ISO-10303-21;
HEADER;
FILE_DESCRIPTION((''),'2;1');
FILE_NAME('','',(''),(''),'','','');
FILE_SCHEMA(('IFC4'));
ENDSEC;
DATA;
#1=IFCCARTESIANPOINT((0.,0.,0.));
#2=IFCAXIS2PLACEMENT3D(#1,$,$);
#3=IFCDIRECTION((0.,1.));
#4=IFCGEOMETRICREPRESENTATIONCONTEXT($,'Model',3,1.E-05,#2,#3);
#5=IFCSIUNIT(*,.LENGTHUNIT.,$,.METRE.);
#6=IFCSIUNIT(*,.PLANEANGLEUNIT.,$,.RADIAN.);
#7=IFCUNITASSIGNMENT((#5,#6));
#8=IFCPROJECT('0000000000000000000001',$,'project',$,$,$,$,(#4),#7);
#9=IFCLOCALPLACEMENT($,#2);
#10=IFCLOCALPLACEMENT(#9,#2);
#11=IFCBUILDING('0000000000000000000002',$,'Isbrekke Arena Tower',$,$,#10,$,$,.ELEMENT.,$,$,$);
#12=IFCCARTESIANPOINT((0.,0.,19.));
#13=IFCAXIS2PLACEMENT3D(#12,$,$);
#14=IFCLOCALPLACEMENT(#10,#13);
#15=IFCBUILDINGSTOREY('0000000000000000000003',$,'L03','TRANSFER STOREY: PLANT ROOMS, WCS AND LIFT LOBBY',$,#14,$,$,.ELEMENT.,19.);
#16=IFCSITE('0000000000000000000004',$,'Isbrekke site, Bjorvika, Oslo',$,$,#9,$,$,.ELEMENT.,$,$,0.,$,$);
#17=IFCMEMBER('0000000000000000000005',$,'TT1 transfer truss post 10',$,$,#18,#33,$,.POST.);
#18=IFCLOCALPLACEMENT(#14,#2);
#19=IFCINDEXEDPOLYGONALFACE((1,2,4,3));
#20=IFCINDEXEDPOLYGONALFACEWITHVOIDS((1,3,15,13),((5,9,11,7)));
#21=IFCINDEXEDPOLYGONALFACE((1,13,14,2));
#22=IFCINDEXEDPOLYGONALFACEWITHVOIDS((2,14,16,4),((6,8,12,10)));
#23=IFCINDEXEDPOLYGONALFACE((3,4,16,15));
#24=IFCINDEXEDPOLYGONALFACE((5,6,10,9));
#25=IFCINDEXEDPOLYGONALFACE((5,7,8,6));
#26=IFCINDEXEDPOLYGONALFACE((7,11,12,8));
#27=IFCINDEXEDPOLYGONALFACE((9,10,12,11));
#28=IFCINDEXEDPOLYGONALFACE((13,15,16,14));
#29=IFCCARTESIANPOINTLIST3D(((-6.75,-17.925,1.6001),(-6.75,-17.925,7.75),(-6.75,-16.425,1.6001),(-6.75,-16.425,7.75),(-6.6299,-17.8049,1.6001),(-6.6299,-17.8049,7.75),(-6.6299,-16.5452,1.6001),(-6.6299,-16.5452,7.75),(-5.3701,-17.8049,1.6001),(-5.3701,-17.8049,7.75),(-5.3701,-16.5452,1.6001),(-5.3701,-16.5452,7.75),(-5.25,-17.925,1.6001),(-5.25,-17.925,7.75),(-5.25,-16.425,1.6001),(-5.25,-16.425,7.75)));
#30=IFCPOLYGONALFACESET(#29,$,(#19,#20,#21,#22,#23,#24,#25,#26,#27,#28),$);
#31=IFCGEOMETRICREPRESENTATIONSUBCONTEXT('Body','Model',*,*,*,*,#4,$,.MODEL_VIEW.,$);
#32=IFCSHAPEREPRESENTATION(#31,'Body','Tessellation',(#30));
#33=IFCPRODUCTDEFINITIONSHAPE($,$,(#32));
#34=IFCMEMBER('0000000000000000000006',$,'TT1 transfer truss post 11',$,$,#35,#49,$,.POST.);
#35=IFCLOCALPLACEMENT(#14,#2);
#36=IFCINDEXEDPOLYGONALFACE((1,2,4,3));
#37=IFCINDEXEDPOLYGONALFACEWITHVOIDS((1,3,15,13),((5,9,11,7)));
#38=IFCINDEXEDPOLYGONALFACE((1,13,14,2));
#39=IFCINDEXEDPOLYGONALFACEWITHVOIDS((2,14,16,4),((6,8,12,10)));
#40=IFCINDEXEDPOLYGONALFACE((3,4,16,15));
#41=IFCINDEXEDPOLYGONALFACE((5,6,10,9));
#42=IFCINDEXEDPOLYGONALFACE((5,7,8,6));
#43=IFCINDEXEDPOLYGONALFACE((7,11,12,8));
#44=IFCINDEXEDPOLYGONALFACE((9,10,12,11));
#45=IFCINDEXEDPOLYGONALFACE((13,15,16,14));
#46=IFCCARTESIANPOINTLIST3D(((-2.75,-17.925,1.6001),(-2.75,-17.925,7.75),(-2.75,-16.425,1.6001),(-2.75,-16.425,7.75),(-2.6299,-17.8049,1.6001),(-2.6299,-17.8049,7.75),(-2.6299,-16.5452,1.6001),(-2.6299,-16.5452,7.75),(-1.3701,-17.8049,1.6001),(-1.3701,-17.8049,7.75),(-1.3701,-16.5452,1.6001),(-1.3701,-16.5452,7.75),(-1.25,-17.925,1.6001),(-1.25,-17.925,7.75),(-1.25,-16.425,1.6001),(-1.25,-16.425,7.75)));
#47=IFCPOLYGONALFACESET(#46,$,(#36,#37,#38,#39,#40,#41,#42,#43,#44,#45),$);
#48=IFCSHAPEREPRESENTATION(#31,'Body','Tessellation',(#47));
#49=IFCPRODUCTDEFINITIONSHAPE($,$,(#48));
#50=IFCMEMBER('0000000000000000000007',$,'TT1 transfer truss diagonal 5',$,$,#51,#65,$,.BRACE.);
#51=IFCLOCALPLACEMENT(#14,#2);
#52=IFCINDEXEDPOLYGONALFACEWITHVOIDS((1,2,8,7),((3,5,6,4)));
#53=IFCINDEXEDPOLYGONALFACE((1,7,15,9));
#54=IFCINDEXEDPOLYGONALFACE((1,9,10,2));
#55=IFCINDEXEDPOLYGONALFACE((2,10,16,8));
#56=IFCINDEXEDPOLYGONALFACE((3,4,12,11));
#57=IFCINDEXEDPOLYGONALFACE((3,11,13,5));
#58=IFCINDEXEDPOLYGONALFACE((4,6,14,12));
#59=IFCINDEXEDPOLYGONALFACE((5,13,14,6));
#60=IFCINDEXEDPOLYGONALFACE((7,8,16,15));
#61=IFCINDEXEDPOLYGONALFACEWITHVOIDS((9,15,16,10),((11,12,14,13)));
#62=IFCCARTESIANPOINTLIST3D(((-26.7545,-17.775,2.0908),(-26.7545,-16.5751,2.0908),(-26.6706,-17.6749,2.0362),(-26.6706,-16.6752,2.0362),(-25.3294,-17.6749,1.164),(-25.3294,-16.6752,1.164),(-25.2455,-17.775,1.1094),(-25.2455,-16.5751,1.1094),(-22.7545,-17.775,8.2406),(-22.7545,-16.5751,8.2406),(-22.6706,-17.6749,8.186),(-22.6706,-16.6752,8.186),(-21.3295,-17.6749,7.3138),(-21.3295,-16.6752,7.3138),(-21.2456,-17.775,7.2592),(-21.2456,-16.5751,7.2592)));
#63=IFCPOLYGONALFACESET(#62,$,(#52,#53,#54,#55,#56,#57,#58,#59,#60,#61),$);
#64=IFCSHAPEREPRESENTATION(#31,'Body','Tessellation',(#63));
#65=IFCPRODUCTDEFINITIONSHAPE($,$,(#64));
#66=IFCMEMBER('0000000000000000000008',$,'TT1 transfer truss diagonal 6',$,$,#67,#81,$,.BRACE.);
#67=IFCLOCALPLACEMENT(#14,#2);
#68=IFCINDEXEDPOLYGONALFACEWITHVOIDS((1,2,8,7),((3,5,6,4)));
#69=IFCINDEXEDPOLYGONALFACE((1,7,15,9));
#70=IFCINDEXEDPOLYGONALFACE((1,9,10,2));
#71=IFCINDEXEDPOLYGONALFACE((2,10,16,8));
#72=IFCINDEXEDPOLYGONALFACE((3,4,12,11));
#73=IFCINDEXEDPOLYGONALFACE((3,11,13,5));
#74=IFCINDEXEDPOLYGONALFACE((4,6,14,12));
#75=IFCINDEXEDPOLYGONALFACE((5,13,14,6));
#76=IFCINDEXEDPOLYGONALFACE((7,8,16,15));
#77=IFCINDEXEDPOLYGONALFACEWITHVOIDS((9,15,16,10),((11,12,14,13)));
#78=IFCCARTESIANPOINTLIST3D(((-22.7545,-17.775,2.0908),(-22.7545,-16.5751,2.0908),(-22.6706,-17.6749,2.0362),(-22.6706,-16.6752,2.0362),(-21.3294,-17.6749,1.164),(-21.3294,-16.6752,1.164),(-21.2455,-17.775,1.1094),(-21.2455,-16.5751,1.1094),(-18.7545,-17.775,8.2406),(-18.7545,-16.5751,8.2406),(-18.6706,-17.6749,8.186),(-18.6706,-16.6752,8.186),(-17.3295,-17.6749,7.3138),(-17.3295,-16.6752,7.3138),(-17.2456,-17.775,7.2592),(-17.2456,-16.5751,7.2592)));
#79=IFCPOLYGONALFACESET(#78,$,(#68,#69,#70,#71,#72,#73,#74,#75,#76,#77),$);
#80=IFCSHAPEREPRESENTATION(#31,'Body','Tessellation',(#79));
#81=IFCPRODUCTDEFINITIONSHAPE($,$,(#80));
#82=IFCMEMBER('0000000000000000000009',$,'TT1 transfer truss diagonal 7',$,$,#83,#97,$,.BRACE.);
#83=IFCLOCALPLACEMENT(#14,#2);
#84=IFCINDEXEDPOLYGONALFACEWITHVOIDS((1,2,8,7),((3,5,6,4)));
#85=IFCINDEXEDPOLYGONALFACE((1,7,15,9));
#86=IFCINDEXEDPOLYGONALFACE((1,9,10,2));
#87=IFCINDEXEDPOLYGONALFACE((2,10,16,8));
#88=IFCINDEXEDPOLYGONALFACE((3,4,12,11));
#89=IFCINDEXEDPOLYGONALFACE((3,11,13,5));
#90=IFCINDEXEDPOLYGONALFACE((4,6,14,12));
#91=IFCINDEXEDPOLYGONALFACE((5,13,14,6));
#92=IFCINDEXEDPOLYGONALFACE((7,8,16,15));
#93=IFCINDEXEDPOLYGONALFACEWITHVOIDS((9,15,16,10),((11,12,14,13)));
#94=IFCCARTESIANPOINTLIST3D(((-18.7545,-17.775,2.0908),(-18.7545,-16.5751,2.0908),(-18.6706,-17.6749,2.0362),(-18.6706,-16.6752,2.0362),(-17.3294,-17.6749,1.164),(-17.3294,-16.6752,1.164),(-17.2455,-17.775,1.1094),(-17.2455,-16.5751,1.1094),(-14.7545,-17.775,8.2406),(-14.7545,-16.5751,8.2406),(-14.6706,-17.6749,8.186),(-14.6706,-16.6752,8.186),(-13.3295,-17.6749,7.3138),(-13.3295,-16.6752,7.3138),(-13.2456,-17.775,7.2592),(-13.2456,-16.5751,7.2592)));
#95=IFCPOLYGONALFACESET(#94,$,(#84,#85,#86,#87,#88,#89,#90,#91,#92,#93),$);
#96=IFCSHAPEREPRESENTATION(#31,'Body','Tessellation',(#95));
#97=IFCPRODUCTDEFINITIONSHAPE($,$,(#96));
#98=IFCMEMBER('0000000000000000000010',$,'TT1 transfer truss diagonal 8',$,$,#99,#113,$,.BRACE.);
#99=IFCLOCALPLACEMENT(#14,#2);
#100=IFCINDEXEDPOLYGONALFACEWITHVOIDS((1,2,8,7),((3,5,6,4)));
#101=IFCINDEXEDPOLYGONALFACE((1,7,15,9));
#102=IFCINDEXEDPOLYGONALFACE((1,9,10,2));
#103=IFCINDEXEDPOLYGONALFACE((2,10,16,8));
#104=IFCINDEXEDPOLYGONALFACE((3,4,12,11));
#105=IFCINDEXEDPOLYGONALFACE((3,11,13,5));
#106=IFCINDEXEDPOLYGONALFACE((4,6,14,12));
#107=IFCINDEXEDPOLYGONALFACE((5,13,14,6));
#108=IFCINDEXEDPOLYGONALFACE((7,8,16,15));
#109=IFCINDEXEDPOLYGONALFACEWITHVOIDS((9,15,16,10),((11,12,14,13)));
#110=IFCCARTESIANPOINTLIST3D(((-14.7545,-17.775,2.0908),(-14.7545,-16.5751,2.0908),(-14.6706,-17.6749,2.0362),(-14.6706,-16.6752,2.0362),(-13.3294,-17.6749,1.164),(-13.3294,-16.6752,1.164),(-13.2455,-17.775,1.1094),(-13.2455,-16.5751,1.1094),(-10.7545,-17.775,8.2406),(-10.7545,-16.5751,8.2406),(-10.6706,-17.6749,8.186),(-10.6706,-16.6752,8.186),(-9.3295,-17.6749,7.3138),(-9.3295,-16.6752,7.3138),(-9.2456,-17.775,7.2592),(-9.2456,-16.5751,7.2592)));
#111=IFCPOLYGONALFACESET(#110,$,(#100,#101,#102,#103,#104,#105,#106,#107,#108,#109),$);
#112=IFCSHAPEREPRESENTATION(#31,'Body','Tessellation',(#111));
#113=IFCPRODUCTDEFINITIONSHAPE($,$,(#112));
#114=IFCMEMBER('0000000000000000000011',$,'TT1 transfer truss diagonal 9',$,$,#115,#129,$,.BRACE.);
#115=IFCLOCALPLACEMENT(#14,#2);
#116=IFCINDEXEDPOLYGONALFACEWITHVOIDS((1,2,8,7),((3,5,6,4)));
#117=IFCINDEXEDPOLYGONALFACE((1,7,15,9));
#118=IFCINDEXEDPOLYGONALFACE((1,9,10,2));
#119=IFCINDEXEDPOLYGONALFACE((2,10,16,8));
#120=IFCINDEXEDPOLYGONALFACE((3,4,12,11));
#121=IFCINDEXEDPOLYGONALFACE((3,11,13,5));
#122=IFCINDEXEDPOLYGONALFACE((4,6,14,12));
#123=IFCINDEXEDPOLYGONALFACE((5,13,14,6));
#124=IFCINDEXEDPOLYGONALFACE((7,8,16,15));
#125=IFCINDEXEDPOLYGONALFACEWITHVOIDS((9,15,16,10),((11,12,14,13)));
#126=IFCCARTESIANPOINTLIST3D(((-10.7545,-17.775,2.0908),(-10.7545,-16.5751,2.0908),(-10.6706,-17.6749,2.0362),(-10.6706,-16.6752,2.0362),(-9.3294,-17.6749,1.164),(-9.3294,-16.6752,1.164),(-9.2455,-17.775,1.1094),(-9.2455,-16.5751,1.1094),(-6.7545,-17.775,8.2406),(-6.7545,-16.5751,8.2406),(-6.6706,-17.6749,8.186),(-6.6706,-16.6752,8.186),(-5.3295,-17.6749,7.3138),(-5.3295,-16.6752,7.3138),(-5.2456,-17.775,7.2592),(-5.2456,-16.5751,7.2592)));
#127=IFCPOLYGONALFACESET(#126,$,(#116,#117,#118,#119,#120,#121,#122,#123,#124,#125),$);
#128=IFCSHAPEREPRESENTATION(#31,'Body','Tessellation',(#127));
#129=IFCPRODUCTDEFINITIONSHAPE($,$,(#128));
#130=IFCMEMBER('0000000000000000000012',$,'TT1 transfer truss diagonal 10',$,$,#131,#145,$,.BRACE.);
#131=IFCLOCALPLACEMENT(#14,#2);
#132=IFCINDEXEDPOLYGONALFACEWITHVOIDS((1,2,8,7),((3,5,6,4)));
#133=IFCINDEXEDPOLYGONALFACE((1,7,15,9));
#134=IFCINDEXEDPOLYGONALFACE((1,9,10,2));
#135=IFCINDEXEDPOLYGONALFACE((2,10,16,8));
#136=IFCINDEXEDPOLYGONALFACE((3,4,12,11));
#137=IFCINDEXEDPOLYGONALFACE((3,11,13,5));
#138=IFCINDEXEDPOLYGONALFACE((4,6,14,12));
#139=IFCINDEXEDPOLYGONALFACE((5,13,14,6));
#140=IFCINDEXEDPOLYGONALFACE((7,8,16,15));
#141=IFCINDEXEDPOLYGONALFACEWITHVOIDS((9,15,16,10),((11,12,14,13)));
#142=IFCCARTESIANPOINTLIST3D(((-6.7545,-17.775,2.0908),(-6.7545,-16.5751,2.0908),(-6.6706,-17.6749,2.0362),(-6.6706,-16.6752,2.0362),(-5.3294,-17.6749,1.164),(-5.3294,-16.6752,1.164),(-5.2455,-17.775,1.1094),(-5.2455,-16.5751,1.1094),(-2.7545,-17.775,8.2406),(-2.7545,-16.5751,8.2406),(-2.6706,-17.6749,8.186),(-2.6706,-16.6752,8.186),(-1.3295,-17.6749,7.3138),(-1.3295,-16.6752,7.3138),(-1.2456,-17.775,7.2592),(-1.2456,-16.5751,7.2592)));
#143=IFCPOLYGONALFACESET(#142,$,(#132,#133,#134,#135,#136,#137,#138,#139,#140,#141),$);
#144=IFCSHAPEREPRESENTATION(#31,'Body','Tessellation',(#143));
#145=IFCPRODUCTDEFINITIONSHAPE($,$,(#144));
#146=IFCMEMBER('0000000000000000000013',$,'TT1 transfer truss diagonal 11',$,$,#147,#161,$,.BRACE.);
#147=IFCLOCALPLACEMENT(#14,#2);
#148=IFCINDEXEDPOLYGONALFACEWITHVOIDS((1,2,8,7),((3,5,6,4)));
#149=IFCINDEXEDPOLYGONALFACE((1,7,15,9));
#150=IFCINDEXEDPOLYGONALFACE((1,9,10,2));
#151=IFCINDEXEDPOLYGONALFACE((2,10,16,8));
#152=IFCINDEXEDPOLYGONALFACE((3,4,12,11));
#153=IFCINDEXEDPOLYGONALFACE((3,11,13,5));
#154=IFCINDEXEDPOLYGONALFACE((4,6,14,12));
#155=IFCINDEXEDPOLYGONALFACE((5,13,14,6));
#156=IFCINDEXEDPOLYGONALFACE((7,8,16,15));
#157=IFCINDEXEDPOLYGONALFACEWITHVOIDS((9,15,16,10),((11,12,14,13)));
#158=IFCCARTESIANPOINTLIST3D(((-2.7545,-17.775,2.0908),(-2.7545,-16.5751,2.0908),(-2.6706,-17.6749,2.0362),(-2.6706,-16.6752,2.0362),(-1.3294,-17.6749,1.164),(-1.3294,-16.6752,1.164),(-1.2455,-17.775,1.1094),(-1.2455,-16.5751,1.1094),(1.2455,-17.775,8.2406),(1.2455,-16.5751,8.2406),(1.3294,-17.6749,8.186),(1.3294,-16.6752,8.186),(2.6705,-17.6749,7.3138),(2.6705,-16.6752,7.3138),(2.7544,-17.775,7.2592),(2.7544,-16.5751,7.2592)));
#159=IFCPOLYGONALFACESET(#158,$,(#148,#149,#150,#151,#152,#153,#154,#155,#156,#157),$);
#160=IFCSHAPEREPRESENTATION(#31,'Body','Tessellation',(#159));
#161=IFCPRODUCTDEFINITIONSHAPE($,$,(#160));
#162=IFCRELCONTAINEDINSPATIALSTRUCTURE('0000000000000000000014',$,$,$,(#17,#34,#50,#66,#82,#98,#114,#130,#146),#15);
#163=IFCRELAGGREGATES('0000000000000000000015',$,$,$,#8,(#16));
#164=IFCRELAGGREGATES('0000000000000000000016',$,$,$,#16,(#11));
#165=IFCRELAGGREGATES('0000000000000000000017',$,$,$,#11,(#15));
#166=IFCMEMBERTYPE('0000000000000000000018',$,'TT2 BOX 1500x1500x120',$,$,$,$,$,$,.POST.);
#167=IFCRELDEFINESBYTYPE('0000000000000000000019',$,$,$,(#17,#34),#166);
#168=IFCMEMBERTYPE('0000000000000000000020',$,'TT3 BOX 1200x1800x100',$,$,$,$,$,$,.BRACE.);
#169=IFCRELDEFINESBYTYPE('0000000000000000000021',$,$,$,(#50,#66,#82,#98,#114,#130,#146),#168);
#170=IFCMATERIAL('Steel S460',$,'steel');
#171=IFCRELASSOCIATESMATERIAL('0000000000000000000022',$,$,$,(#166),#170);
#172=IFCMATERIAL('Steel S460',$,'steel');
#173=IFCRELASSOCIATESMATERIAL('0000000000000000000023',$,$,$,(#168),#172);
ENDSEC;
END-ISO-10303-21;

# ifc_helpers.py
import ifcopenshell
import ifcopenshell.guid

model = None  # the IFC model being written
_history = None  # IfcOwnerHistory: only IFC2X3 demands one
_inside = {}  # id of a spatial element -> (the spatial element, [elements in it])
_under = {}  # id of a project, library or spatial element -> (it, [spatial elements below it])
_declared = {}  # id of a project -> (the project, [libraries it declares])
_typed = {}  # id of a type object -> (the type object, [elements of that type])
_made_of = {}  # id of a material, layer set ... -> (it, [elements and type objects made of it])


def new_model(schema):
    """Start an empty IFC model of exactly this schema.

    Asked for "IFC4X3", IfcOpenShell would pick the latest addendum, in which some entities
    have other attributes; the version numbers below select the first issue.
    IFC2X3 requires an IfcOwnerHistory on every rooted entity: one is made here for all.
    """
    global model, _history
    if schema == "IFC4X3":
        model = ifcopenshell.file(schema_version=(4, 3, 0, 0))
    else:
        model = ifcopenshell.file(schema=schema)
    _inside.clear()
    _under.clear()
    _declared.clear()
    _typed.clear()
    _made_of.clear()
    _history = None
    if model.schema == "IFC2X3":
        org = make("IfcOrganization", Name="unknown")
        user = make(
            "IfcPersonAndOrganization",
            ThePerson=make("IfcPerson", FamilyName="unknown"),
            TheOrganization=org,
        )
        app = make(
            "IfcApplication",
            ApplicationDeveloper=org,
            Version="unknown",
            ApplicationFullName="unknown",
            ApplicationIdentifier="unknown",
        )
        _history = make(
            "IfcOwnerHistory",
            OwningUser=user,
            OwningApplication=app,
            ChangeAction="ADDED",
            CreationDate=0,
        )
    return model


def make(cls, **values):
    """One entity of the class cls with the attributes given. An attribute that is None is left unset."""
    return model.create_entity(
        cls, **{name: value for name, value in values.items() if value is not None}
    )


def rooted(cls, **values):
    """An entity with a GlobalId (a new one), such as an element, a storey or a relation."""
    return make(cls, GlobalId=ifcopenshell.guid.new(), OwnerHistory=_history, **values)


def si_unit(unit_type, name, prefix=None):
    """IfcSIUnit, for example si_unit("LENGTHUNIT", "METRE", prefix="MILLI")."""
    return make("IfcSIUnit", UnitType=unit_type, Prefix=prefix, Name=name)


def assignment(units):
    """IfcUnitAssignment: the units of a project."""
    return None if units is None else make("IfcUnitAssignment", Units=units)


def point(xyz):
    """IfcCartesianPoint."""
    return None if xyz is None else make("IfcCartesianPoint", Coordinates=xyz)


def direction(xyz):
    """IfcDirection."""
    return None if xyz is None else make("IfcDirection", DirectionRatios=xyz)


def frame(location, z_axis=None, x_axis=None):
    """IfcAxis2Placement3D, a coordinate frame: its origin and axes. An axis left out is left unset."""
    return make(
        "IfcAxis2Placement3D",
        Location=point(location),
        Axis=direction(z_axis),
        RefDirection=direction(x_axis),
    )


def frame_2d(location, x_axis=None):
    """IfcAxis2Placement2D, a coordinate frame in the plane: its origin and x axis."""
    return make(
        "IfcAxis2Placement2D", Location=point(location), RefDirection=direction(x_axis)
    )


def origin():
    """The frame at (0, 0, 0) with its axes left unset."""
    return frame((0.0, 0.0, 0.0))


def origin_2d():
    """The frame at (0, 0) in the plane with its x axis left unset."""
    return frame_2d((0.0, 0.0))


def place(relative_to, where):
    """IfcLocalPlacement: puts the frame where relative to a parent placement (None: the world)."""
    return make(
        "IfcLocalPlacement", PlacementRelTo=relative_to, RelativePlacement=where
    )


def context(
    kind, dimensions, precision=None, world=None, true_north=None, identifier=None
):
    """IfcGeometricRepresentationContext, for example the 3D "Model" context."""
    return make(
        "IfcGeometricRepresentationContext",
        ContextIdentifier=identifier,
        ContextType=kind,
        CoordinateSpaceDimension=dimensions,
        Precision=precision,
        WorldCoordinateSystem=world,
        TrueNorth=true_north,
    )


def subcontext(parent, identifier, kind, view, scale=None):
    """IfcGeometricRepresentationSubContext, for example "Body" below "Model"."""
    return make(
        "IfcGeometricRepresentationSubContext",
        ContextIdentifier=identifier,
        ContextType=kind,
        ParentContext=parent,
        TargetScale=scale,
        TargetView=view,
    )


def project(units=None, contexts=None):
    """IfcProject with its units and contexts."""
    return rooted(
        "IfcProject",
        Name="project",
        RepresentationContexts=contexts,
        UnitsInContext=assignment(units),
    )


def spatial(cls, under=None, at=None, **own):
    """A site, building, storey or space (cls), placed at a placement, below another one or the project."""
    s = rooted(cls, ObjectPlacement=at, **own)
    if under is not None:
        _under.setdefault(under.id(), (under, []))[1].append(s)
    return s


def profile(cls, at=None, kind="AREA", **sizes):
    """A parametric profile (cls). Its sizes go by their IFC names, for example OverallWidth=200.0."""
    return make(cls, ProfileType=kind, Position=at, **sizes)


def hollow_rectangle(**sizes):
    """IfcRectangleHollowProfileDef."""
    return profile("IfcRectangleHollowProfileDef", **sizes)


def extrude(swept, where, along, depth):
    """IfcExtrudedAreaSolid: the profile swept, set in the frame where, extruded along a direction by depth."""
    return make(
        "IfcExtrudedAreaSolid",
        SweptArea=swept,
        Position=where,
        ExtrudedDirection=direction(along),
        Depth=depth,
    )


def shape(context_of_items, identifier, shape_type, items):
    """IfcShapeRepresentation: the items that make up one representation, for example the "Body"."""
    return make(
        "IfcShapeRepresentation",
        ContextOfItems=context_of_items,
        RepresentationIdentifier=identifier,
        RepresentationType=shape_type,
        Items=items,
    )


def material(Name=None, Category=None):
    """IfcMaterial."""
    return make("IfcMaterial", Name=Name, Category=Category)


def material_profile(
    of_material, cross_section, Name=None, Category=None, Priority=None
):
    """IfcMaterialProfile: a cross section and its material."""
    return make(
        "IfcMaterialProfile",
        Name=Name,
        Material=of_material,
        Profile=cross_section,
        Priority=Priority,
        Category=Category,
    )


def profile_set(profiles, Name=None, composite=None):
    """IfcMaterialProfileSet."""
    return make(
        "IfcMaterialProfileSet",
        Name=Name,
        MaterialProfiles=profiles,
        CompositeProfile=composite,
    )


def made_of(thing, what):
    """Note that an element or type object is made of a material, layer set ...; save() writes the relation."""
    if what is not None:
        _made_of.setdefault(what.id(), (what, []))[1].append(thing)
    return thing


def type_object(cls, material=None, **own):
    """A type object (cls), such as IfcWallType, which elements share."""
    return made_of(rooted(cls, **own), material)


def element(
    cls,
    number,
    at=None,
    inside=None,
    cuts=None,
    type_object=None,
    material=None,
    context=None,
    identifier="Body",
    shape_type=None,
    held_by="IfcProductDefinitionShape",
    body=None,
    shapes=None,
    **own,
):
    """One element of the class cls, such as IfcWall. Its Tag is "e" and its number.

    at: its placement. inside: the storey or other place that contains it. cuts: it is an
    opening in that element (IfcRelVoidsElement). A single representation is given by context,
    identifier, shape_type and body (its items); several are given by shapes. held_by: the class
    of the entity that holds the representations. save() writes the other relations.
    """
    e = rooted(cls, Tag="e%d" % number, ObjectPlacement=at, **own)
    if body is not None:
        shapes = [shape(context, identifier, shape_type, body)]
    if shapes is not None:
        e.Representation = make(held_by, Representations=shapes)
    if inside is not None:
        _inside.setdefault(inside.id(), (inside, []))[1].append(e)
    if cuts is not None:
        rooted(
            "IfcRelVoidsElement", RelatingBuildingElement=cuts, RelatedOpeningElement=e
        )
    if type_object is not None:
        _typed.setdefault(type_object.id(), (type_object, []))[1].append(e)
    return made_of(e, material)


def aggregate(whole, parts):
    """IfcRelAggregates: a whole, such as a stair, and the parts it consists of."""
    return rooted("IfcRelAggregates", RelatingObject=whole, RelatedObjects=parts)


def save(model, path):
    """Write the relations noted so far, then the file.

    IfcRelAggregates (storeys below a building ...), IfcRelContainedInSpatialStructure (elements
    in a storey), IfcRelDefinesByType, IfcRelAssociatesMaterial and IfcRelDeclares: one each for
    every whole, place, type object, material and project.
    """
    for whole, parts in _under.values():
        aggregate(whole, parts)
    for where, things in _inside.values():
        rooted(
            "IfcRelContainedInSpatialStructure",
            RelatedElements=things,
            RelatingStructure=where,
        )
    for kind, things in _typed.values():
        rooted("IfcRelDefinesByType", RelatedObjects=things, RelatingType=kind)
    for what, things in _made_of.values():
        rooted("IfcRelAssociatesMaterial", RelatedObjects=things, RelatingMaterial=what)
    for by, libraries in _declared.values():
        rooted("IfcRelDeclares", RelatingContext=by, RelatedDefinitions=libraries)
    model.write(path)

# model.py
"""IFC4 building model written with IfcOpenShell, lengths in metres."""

from ifc_helpers import new_model, si_unit, direction, frame, origin, origin_2d, place, context, subcontext, project, spatial, hollow_rectangle, extrude, material, material_profile, profile_set, type_object, element, save


model = new_model("IFC4")

# Units and contexts
model_context = context("Model", 3, precision=1e-05, world=origin(), true_north=direction((0.0, 1.0)))
body_context = subcontext(model_context, "Body", "Model", "MODEL_VIEW")
ifc_project = project(units=[si_unit("LENGTHUNIT", "METRE"), si_unit("PLANEANGLEUNIT", "RADIAN")], contexts=[model_context])

# Site, building, storey
site_placement = place(None, origin())
site = spatial("IfcSite", under=ifc_project, at=site_placement, Name="Isbrekke site, Bjorvika, Oslo", CompositionType="ELEMENT", RefElevation=0.0)
building_placement = place(site_placement, origin())
building = spatial("IfcBuilding", under=site, at=building_placement, Name="Isbrekke Arena Tower", CompositionType="ELEMENT")
storey_placement = place(building_placement, frame((0.0, 0.0, 19.0)))
storey = spatial("IfcBuildingStorey", under=building, at=storey_placement, Name="L03", Description="TRANSFER STOREY: PLANT ROOMS, WCS AND LIFT LOBBY", CompositionType="ELEMENT", Elevation=19.0)

# Members
ifc_material_1 = material(Name="Steel S460", Category="steel")
ifc_material_profile_1 = material_profile(ifc_material_1, hollow_rectangle(XDim=1.5, YDim=1.5, WallThickness=0.1201, at=origin_2d()), Name="BOX 1500x1500x120")
ifc_profile_set_1 = profile_set([ifc_material_profile_1], Name="Steel S460")
member_type_1 = type_object("IfcMemberType", Name="TT2 BOX 1500x1500x120", PredefinedType="POST", material=ifc_profile_set_1)
for number, where, z_axis, x_axis, name in (
    (1, (-6.0, -17.175, 1.6001), (0.0, 0.0, 1.0), (1.0, 0.0, 0.0), "TT1 transfer truss post 10"),
    (2, (-2.0, -17.175, 1.6001), (0.0, 0.0, 1.0), (1.0, 0.0, 0.0), "TT1 transfer truss post 11"),
):
    element("IfcMember", number, at=place(storey_placement, frame(where, z_axis=z_axis, x_axis=x_axis)), inside=storey, type_object=member_type_1, Name=name, PredefinedType="POST", context=body_context, shape_type="SweptSolid", body=[
        extrude(hollow_rectangle(XDim=1.5, YDim=1.5, WallThickness=0.1201, at=origin_2d()), origin(), (0.0, 0.0, 1.0), 6.1499),
    ])
ifc_material_2 = material(Name="Steel S460", Category="steel")
ifc_material_profile_2 = material_profile(ifc_material_2, hollow_rectangle(XDim=1.2, YDim=1.8, WallThickness=0.1001, at=origin_2d()), Name="BOX 1200x1800x100")
ifc_profile_set_2 = profile_set([ifc_material_profile_2], Name="Steel S460")
member_type_2 = type_object("IfcMemberType", Name="TT3 BOX 1200x1800x100", PredefinedType="BRACE", material=ifc_profile_set_2)
for number, where, z_axis, x_axis, name in (
    (3, (-26.0, -17.175, 1.6001), (0.545234, 0.0, 0.838284), (0.0, 1.0, 0.0), "TT1 transfer truss diagonal 5"),
    (4, (-22.0, -17.175, 1.6001), (0.545234, 0.0, 0.838284), (0.0, 1.0, 0.0), "TT1 transfer truss diagonal 6"),
    (5, (-18.0, -17.175, 1.6001), (0.545234, 0.0, 0.838284), (0.0, 1.0, 0.0), "TT1 transfer truss diagonal 7"),
    (6, (-14.0, -17.175, 1.6001), (0.545234, 0.0, 0.838284), (0.0, 1.0, 0.0), "TT1 transfer truss diagonal 8"),
    (7, (-10.0, -17.175, 1.6001), (0.545234, 0.0, 0.838284), (0.0, 1.0, 0.0), "TT1 transfer truss diagonal 9"),
    (8, (-6.0, -17.175, 1.6001), (0.545234, 0.0, 0.838284), (0.0, 1.0, 0.0), "TT1 transfer truss diagonal 10"),
    (9, (-2.0, -17.175, 1.6001), (0.545234, 0.0, 0.838284), (0.0, 1.0, 0.0), "TT1 transfer truss diagonal 11"),
):
    element("IfcMember", number, at=place(storey_placement, frame(where, z_axis=z_axis, x_axis=x_axis)), inside=storey, type_object=member_type_2, Name=name, PredefinedType="BRACE", context=body_context, shape_type="SweptSolid", body=[
        extrude(hollow_rectangle(XDim=1.2, YDim=1.8, WallThickness=0.1001, at=origin_2d()), origin(), (0.0, 0.0, 1.0), 7.3362),
    ])

save(model, "model.ifc")
